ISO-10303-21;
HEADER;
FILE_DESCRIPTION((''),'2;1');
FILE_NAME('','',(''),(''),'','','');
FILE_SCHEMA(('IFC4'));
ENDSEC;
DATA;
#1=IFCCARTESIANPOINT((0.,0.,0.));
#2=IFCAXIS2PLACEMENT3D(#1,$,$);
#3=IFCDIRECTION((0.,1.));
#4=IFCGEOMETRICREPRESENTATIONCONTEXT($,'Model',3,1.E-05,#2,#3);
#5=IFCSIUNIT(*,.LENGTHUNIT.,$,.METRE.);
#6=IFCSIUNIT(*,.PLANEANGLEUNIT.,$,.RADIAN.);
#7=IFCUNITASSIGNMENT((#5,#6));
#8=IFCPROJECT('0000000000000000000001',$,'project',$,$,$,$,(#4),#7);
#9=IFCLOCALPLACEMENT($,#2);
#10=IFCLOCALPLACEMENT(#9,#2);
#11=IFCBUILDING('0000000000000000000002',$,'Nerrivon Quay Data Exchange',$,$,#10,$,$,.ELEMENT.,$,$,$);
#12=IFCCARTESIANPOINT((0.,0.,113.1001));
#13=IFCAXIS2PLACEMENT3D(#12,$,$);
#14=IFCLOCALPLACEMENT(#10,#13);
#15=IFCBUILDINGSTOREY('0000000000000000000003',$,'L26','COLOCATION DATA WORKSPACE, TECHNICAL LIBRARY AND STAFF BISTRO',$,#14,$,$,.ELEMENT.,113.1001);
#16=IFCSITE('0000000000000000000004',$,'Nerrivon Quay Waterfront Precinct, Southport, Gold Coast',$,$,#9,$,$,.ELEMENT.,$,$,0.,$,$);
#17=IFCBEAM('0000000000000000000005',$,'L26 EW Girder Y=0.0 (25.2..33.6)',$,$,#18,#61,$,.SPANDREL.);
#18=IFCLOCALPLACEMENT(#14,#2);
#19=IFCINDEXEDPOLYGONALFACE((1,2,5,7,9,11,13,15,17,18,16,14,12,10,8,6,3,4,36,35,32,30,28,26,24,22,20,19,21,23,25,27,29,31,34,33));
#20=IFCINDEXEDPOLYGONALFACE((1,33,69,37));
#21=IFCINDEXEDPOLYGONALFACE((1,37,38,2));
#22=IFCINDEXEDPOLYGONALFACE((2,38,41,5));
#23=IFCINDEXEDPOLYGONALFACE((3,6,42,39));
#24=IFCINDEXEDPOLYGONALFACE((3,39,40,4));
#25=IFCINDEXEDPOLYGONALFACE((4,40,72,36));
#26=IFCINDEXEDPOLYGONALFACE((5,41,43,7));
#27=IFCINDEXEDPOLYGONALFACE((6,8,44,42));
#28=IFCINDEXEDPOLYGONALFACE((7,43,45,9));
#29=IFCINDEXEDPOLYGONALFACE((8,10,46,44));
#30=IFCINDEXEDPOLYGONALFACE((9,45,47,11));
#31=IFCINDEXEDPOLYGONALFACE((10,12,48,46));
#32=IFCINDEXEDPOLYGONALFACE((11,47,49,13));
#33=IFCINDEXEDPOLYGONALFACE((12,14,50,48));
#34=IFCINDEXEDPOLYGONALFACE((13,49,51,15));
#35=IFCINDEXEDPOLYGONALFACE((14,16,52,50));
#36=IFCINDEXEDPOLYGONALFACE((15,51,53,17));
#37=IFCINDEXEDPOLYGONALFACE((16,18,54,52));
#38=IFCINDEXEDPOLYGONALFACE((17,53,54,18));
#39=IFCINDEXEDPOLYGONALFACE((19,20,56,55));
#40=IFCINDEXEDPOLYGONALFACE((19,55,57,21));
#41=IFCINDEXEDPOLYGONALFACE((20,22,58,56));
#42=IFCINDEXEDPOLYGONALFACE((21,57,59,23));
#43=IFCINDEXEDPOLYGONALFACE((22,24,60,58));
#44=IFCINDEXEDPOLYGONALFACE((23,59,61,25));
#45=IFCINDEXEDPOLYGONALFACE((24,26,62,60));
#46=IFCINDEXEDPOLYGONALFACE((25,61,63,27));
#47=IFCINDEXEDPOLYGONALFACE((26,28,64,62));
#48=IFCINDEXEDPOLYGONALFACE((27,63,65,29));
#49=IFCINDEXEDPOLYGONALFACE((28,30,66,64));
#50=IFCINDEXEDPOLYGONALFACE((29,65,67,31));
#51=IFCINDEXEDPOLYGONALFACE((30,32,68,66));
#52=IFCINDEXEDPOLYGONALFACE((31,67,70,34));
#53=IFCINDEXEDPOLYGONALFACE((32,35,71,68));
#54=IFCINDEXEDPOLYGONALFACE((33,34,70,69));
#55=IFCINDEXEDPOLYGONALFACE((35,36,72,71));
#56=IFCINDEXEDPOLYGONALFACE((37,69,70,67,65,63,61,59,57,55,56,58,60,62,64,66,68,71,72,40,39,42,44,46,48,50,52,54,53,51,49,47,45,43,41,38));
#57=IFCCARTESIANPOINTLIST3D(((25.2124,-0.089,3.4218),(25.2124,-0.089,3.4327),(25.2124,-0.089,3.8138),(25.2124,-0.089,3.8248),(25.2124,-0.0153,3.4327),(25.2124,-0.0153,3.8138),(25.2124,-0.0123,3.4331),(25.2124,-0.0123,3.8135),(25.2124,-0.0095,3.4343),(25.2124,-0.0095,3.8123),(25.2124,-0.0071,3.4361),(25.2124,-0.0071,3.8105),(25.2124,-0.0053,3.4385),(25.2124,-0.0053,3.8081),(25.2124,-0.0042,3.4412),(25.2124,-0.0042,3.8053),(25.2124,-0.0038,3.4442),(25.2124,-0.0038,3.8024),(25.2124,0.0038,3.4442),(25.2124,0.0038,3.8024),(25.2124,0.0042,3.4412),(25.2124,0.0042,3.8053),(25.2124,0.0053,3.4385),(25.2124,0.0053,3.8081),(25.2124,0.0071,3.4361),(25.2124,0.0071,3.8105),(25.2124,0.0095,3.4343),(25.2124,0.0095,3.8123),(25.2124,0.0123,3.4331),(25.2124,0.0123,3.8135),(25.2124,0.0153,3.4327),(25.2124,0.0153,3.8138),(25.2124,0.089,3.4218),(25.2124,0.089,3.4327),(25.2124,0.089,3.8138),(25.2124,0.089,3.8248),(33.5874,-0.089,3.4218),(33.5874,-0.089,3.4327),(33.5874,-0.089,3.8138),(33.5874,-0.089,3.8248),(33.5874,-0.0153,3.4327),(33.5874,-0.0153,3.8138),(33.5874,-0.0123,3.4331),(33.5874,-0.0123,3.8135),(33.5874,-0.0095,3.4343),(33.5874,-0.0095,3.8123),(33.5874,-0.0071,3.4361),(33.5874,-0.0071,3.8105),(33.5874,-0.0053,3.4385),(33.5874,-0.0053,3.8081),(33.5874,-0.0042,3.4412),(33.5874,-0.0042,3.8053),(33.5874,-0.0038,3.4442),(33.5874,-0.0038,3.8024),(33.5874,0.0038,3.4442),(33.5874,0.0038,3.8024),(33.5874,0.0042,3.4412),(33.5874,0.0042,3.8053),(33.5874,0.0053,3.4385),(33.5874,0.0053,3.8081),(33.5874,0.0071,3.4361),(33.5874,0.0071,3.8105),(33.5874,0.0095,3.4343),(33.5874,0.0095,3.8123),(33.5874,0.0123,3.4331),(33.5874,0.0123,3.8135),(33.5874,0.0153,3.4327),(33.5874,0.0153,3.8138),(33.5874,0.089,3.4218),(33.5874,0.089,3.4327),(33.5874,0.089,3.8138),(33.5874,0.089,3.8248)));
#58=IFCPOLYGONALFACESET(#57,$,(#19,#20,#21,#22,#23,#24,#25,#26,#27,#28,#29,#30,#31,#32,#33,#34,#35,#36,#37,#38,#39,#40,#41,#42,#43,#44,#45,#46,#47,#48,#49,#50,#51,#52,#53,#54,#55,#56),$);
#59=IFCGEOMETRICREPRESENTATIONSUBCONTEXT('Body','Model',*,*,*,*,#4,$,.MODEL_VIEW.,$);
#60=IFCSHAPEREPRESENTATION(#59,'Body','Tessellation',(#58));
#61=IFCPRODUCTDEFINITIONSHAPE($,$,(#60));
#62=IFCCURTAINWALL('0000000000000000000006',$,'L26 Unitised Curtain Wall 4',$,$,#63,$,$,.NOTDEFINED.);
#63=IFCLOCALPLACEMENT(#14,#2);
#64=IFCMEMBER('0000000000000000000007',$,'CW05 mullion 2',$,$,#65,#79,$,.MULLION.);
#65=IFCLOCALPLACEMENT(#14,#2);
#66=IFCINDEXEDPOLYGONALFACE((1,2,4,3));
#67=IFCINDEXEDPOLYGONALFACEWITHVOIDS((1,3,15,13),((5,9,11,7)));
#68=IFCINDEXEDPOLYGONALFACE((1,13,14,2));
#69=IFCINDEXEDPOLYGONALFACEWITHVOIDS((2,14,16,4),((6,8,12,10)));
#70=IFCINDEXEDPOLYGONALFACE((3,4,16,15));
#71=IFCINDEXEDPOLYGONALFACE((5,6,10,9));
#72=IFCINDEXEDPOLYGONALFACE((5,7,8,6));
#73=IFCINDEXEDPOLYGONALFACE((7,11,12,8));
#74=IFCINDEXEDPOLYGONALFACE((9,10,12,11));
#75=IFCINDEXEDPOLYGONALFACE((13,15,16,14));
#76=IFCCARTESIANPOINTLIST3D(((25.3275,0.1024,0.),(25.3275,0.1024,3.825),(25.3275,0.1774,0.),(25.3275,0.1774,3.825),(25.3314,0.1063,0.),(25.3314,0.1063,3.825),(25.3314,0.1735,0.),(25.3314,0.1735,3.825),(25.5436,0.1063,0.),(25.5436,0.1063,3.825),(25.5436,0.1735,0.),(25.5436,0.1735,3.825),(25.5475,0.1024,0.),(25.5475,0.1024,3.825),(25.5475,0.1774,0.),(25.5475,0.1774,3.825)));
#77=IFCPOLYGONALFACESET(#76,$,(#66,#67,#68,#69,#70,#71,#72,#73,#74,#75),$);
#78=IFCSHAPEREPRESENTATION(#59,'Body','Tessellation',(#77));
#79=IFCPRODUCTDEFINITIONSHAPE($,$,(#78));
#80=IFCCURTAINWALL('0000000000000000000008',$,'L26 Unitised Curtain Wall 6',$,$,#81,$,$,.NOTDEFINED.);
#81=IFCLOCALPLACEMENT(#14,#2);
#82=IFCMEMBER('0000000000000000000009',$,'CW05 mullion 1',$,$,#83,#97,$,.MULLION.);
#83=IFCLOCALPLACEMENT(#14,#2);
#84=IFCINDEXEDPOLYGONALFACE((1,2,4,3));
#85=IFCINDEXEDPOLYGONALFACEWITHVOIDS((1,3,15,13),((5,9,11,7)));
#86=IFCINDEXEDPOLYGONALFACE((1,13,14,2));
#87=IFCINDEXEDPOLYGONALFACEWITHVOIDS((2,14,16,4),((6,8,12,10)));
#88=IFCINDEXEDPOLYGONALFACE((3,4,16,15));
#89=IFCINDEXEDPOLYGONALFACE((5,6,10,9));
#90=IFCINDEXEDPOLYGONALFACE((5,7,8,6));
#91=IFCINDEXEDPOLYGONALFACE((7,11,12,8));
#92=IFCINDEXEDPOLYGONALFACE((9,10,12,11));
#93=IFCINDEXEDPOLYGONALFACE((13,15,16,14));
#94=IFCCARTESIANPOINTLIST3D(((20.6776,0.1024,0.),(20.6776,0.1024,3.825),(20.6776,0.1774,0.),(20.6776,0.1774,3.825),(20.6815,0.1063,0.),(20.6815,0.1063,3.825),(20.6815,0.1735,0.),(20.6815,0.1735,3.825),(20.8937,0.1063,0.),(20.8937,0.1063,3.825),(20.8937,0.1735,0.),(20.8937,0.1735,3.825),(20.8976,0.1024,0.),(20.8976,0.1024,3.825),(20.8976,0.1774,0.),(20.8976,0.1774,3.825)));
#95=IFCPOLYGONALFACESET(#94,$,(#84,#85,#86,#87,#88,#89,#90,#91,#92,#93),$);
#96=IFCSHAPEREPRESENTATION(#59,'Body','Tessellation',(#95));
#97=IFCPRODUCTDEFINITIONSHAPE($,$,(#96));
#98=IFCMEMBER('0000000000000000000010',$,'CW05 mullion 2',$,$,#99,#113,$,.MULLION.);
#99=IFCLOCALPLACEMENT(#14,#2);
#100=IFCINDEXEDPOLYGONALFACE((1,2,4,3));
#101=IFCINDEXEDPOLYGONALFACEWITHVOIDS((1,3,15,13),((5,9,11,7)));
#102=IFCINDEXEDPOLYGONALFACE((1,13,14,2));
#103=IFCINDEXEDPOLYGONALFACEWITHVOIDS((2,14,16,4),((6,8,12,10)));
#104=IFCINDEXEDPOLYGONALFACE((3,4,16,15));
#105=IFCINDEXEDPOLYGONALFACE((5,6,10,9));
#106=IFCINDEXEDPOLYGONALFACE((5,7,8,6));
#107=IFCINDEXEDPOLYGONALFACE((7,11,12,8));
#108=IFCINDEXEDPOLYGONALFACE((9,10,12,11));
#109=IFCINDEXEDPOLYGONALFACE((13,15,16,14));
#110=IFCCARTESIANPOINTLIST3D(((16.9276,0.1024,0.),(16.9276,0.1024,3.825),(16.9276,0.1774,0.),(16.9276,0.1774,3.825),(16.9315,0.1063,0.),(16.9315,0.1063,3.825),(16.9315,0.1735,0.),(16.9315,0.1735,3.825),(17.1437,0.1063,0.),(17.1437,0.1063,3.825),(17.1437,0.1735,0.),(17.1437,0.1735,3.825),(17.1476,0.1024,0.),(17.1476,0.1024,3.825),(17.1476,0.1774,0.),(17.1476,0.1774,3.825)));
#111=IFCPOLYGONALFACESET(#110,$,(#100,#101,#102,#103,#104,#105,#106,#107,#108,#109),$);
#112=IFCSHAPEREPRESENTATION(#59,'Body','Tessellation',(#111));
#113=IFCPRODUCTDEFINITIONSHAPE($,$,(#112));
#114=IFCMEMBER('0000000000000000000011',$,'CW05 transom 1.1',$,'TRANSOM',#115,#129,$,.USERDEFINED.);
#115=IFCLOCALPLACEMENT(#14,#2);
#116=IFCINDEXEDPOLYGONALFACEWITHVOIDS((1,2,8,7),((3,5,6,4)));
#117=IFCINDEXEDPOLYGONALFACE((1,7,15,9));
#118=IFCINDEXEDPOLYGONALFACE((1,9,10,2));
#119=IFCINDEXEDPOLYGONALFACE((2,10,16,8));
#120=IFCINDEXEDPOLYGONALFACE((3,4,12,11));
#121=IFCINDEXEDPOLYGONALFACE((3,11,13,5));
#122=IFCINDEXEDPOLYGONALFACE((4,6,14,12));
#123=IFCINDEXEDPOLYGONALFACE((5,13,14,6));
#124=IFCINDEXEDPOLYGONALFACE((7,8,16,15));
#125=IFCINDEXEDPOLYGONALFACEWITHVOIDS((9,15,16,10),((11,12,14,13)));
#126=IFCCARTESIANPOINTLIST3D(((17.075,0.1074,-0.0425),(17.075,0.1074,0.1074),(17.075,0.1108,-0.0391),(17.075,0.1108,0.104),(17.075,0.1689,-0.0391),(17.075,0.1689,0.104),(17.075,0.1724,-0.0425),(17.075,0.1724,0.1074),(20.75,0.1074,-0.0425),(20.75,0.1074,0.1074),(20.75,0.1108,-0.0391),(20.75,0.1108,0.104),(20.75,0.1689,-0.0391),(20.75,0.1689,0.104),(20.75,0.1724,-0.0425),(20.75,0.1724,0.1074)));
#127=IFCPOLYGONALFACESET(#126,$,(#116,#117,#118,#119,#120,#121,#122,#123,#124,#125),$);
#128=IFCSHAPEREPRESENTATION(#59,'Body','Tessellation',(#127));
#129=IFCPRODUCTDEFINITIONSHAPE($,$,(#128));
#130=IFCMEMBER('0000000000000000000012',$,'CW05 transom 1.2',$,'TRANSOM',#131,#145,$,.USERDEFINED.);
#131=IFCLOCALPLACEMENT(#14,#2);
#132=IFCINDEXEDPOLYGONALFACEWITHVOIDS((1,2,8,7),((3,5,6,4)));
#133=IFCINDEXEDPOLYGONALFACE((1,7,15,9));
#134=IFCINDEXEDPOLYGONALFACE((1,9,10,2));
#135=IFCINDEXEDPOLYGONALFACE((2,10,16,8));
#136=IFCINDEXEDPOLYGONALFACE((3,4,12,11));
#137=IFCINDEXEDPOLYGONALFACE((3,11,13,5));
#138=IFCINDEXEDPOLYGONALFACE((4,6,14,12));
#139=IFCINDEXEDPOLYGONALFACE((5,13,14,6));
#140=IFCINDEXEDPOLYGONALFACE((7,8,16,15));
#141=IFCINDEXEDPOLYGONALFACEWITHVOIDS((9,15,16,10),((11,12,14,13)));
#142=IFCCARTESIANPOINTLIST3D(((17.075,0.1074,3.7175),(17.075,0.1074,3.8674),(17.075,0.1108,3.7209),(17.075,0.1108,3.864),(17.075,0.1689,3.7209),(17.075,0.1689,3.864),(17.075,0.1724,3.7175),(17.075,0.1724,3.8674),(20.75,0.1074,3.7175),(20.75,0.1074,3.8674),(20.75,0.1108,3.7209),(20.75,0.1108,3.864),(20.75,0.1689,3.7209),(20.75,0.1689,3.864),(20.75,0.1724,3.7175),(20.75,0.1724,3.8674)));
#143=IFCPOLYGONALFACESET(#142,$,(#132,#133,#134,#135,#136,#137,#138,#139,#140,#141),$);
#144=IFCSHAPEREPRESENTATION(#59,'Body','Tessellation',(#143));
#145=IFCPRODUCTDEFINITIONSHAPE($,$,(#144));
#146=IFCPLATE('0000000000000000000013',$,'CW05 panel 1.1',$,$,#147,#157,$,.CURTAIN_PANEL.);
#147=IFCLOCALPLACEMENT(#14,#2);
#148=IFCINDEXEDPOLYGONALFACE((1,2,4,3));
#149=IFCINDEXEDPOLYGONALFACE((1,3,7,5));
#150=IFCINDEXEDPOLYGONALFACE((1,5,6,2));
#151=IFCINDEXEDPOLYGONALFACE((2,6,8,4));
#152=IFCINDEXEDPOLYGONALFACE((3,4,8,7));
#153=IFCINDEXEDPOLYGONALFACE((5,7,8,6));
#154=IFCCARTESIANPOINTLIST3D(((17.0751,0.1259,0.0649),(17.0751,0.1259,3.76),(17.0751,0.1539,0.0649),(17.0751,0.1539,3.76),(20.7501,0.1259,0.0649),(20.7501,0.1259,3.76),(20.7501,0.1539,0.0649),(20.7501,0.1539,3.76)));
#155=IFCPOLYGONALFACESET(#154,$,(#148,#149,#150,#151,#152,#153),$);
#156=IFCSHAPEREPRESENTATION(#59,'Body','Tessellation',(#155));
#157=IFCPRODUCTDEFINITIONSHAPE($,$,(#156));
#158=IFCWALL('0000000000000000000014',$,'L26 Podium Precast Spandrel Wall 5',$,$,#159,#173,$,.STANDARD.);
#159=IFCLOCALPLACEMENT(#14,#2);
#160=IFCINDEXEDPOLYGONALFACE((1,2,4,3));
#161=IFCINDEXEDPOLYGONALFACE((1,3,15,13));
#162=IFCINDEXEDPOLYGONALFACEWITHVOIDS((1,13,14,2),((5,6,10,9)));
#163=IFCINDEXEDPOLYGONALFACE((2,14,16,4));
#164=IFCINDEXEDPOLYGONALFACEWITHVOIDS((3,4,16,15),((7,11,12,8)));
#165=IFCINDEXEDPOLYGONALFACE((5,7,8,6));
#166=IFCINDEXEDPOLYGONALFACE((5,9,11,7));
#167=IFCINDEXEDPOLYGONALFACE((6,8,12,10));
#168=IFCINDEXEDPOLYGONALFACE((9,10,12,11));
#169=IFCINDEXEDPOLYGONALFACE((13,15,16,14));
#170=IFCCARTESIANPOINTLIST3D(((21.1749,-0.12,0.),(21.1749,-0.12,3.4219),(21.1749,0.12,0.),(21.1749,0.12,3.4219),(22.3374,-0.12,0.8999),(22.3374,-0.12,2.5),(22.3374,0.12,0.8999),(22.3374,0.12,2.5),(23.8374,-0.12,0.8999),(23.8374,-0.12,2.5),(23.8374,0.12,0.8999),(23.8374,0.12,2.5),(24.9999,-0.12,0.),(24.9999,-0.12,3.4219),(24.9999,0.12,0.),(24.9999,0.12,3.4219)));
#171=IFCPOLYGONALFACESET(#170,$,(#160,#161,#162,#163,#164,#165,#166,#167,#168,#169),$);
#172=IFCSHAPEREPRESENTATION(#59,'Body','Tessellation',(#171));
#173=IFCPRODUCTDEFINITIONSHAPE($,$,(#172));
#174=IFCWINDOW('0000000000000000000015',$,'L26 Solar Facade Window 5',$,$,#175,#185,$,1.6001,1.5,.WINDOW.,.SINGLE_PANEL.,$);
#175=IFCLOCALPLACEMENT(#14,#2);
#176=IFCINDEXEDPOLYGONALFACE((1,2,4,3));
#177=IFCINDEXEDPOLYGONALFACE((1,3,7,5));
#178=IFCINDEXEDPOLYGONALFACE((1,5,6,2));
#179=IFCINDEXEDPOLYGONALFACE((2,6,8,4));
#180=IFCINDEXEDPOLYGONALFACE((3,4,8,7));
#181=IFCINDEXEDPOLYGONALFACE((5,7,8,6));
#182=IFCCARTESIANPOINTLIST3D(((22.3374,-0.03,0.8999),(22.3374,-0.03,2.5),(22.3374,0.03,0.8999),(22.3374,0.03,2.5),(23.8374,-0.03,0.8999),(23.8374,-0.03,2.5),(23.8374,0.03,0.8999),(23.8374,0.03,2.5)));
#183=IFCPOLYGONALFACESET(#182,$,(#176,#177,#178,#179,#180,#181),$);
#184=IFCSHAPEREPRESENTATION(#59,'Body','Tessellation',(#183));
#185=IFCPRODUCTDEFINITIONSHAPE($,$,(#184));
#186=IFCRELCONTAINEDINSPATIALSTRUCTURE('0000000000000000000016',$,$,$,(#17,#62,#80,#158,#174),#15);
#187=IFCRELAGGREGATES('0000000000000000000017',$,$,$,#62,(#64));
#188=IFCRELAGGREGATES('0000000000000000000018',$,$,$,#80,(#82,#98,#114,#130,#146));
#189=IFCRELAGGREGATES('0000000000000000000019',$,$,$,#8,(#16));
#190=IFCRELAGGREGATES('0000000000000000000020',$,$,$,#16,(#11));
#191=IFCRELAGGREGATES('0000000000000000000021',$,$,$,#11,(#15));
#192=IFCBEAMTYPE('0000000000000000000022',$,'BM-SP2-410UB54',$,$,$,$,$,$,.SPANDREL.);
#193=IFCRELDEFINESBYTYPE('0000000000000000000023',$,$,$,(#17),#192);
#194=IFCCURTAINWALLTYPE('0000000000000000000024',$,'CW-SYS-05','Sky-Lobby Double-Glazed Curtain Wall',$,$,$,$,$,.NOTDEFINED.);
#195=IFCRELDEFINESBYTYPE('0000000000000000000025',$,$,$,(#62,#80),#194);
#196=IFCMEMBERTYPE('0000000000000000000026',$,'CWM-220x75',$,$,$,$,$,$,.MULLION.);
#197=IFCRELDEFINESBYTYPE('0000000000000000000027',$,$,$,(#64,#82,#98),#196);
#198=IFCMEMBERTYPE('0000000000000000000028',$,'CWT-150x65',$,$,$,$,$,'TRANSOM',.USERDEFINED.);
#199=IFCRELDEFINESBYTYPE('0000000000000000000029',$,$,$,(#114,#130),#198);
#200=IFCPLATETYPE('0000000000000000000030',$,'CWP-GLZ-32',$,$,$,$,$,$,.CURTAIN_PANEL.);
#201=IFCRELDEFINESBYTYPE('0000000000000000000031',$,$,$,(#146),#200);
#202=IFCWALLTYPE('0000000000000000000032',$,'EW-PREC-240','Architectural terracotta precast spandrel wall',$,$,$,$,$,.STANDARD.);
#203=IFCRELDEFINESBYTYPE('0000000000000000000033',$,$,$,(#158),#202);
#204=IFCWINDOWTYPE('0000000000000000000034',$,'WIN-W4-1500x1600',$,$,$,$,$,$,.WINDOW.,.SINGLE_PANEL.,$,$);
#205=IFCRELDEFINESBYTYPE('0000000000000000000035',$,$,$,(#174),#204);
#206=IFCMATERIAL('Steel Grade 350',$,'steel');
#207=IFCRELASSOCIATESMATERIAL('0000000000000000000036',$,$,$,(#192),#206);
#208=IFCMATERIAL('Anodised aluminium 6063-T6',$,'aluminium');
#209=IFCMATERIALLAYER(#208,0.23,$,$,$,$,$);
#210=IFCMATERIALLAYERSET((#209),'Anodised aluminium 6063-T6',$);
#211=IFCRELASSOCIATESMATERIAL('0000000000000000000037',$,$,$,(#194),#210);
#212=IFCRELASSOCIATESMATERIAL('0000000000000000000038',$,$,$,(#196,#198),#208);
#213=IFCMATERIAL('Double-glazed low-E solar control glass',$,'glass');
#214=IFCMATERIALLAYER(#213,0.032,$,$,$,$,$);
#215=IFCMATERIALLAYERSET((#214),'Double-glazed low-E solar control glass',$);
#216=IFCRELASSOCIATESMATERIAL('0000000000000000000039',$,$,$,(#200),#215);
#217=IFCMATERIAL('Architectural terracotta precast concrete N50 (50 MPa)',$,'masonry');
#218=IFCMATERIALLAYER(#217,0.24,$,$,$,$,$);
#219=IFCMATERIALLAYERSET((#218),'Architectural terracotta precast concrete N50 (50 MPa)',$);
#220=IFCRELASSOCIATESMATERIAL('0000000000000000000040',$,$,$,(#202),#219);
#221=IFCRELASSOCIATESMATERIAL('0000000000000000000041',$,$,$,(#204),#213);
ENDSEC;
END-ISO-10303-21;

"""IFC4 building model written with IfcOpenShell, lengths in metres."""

from ifc_helpers import new_model, si_unit, direction, frame, frame_2d, origin, origin_2d, place, context, subcontext, project, spatial, rectangle, hollow_rectangle, i_section, extrude, material, layer, layer_set, material_profile, profile_set, type_object, element, fill, aggregate, save


model = new_model("IFC4")

# Units and contexts
model_context = context("Model", 3, precision=1e-05, world=origin(), true_north=direction((0.0, 1.0)))
body_context = subcontext(model_context, "Body", "Model", "MODEL_VIEW")
ifc_project = project(units=[si_unit("LENGTHUNIT", "METRE"), si_unit("PLANEANGLEUNIT", "RADIAN")], contexts=[model_context])

# Site, building, storey
site_placement = place(None, origin())
site = spatial("IfcSite", under=ifc_project, at=site_placement, Name="Nerrivon Quay Waterfront Precinct, Southport, Gold Coast", CompositionType="ELEMENT", RefElevation=0.0)
building_placement = place(site_placement, origin())
building = spatial("IfcBuilding", under=site, at=building_placement, Name="Nerrivon Quay Data Exchange", CompositionType="ELEMENT")
storey_placement = place(building_placement, frame((0.0, 0.0, 113.1001)))
storey = spatial("IfcBuildingStorey", under=building, at=storey_placement, Name="L26", Description="COLOCATION DATA WORKSPACE, TECHNICAL LIBRARY AND STAFF BISTRO", CompositionType="ELEMENT", Elevation=113.1001)

# Shared definitions
ifc_material_1 = material(Name="Steel Grade 350", Category="steel")

# Beam
ifc_material_profile_1 = material_profile(ifc_material_1, i_section(OverallWidth=0.178, OverallDepth=0.4031, WebThickness=0.0076, FlangeThickness=0.011, FilletRadius=0.0115, at=origin_2d()), Name="410UB53.7")
ifc_profile_set_1 = profile_set([ifc_material_profile_1], Name="Steel Grade 350")
beam_type_1 = type_object("IfcBeamType", Name="BM-SP2-410UB54", PredefinedType="SPANDREL", material=ifc_profile_set_1)
for number, where, z_axis, x_axis, name in (
    (1, (25.2124, 0.0, 3.6233), (1.0, 0.0, 0.0), (0.0, 1.0, 0.0), "L26 EW Girder Y=0.0 (25.2..33.6)"),
):
    element("IfcBeam", number, at=place(storey_placement, frame(where, z_axis=z_axis, x_axis=x_axis)), inside=storey, type_object=beam_type_1, Name=name, PredefinedType="SPANDREL", context=body_context, shape_type="SweptSolid", body=[
        extrude(i_section(OverallWidth=0.178, OverallDepth=0.4031, WebThickness=0.0076, FlangeThickness=0.011, FilletRadius=0.0115, at=origin_2d()), origin(), (0.0, 0.0, 1.0), 8.375),
    ])

# Curtain wall, member
ifc_material_2 = material(Name="Anodised aluminium 6063-T6", Category="aluminium")
ifc_layer_1 = layer(ifc_material_2, 0.23)
ifc_layer_set_1 = layer_set([ifc_layer_1], Name="Anodised aluminium 6063-T6")
curtain_wall_type = type_object("IfcCurtainWallType", Name="CW-SYS-05", Description="Sky-Lobby Double-Glazed Curtain Wall", PredefinedType="NOTDEFINED", material=ifc_layer_set_1)
curtain_wall_1_placement = place(storey_placement, origin())
curtain_wall_1 = element("IfcCurtainWall", 2, at=curtain_wall_1_placement, inside=storey, type_object=curtain_wall_type, Name="L26 Unitised Curtain Wall 4", PredefinedType="NOTDEFINED")
ifc_material_profile_2 = material_profile(ifc_material_2, hollow_rectangle(XDim=0.075, YDim=0.22, WallThickness=0.0039, at=origin_2d()), Name="ALU-MULL-220x75")
ifc_profile_set_2 = profile_set([ifc_material_profile_2], Name="Anodised aluminium 6063-T6")
member_type_1 = type_object("IfcMemberType", Name="CWM-220x75", PredefinedType="MULLION", material=ifc_profile_set_2)
member_1_placement = place(storey_placement, frame((25.4375, 0.1399, 0.0), z_axis=(0.0, 0.0, 1.0), x_axis=(0.0, -1.0, 0.0)))
member_1 = element("IfcMember", 3, at=member_1_placement, type_object=member_type_1, Name="CW05 mullion 2", PredefinedType="MULLION", context=body_context, shape_type="SweptSolid", body=[
    extrude(hollow_rectangle(XDim=0.075, YDim=0.22, WallThickness=0.0039, at=origin_2d()), origin(), (0.0, 0.0, 1.0), 3.825),
])
aggregate(curtain_wall_1, [member_1])

# Curtain wall, members, plate
curtain_wall_2_placement = place(storey_placement, origin())
curtain_wall_2 = element("IfcCurtainWall", 4, at=curtain_wall_2_placement, inside=storey, type_object=curtain_wall_type, Name="L26 Unitised Curtain Wall 6", PredefinedType="NOTDEFINED")
member_2_placement = place(storey_placement, frame((20.7876, 0.1399, 0.0), z_axis=(0.0, 0.0, 1.0), x_axis=(0.0, -1.0, 0.0)))
member_2 = element("IfcMember", 5, at=member_2_placement, type_object=member_type_1, Name="CW05 mullion 1", PredefinedType="MULLION", context=body_context, shape_type="SweptSolid", body=[
    extrude(hollow_rectangle(XDim=0.075, YDim=0.22, WallThickness=0.0039, at=origin_2d()), origin(), (0.0, 0.0, 1.0), 3.825),
])
member_3_placement = place(storey_placement, frame((17.0376, 0.1399, 0.0), z_axis=(0.0, 0.0, 1.0), x_axis=(0.0, -1.0, 0.0)))
member_3 = element("IfcMember", 6, at=member_3_placement, type_object=member_type_1, Name="CW05 mullion 2", PredefinedType="MULLION", context=body_context, shape_type="SweptSolid", body=[
    extrude(hollow_rectangle(XDim=0.075, YDim=0.22, WallThickness=0.0039, at=origin_2d()), origin(), (0.0, 0.0, 1.0), 3.825),
])
ifc_material_profile_3 = material_profile(ifc_material_2, hollow_rectangle(XDim=0.0649, YDim=0.1499, WallThickness=0.0034, at=origin_2d()), Name="ALU-TRAN-150x65")
ifc_profile_set_3 = profile_set([ifc_material_profile_3], Name="Anodised aluminium 6063-T6")
member_type_2 = type_object("IfcMemberType", Name="CWT-150x65", ElementType="TRANSOM", PredefinedType="USERDEFINED", material=ifc_profile_set_3)
member_4_placement = place(storey_placement, frame((20.75, 0.1399, 0.0325), z_axis=(-1.0, 0.0, 0.0), x_axis=(0.0, -1.0, 0.0)))
member_4 = element("IfcMember", 7, at=member_4_placement, type_object=member_type_2, Name="CW05 transom 1.1", ObjectType="TRANSOM", PredefinedType="USERDEFINED", context=body_context, shape_type="SweptSolid", body=[
    extrude(hollow_rectangle(XDim=0.0649, YDim=0.1499, WallThickness=0.0034, at=origin_2d()), origin(), (0.0, 0.0, 1.0), 3.675),
])
member_5_placement = place(storey_placement, frame((20.75, 0.1399, 3.7925), z_axis=(-1.0, 0.0, 0.0), x_axis=(0.0, -1.0, 0.0)))
member_5 = element("IfcMember", 8, at=member_5_placement, type_object=member_type_2, Name="CW05 transom 1.2", ObjectType="TRANSOM", PredefinedType="USERDEFINED", context=body_context, shape_type="SweptSolid", body=[
    extrude(hollow_rectangle(XDim=0.0649, YDim=0.1499, WallThickness=0.0034, at=origin_2d()), origin(), (0.0, 0.0, 1.0), 3.675),
])
ifc_material_3 = material(Name="Double-glazed low-E solar control glass", Category="glass")
ifc_layer_2 = layer(ifc_material_3, 0.032)
ifc_layer_set_2 = layer_set([ifc_layer_2], Name="Double-glazed low-E solar control glass")
plate_type = type_object("IfcPlateType", Name="CWP-GLZ-32", PredefinedType="CURTAIN_PANEL", material=ifc_layer_set_2)
plate_placement = place(storey_placement, frame((18.9126, 0.1399, 0.0649), z_axis=(0.0, 0.0, 1.0), x_axis=(-1.0, 0.0, 0.0)))
plate = element("IfcPlate", 9, at=plate_placement, type_object=plate_type, Name="CW05 panel 1.1", PredefinedType="CURTAIN_PANEL", context=body_context, shape_type="SweptSolid", body=[
    extrude(rectangle(XDim=3.675, YDim=0.0281, at=origin_2d()), origin(), (0.0, 0.0, 1.0), 3.6951),
])
aggregate(curtain_wall_2, [member_2, member_3, member_4, member_5, plate])

# Wall, opening, window
ifc_material_4 = material(Name="Architectural terracotta precast concrete N50 (50 MPa)", Category="masonry")
ifc_layer_3 = layer(ifc_material_4, 0.24)
ifc_layer_set_3 = layer_set([ifc_layer_3], Name="Architectural terracotta precast concrete N50 (50 MPa)")
wall_type_1 = type_object("IfcWallType", Name="EW-PREC-240", Description="Architectural terracotta precast spandrel wall", PredefinedType="STANDARD", material=ifc_layer_set_3)
wall_1_placement = place(storey_placement, frame((25.0, 0.0, 0.0), z_axis=(0.0, 0.0, 1.0), x_axis=(-1.0, 0.0, 0.0)))
wall_1 = element("IfcWall", 10, at=wall_1_placement, inside=storey, type_object=wall_type_1, Name="L26 Podium Precast Spandrel Wall 5", PredefinedType="STANDARD", context=body_context, shape_type="SweptSolid", body=[
    extrude(rectangle(XDim=3.825, YDim=0.24, at=frame_2d((1.9126, 0.0))), origin(), (0.0, 0.0, 1.0), 3.4219),
])
opening_placement = place(wall_1_placement, frame((1.1626, 0.0, 0.8999)))
opening = element("IfcOpeningElement", 11, at=opening_placement, cuts=wall_1, PredefinedType="OPENING", context=body_context, shape_type="SweptSolid", body=[
    extrude(rectangle(XDim=1.5, YDim=1.6001, at=frame_2d((0.75, 0.8))), frame((0.0, 0.1299, 0.0), z_axis=(0.0, -1.0, 0.0), x_axis=(1.0, 0.0, 0.0)), (0.0, 0.0, 1.0), 0.26),
])
window_type = type_object("IfcWindowType", Name="WIN-W4-1500x1600", PartitioningType="SINGLE_PANEL", PredefinedType="WINDOW", material=ifc_material_3)
window_placement = place(opening_placement, origin())
window = element("IfcWindow", 12, at=window_placement, inside=storey, type_object=window_type, Name="L26 Solar Facade Window 5", OverallHeight=1.6001, OverallWidth=1.5, PartitioningType="SINGLE_PANEL", PredefinedType="WINDOW", context=body_context, shape_type="SweptSolid", body=[
    extrude(rectangle(XDim=1.5, YDim=1.6001, at=frame_2d((0.75, 0.8))), frame((0.0, 0.03, 0.0), z_axis=(0.0, -1.0, 0.0), x_axis=(1.0, 0.0, 0.0)), (0.0, 0.0, 1.0), 0.0601),
])
fill(opening, window)

save(model, "model.ifc")
